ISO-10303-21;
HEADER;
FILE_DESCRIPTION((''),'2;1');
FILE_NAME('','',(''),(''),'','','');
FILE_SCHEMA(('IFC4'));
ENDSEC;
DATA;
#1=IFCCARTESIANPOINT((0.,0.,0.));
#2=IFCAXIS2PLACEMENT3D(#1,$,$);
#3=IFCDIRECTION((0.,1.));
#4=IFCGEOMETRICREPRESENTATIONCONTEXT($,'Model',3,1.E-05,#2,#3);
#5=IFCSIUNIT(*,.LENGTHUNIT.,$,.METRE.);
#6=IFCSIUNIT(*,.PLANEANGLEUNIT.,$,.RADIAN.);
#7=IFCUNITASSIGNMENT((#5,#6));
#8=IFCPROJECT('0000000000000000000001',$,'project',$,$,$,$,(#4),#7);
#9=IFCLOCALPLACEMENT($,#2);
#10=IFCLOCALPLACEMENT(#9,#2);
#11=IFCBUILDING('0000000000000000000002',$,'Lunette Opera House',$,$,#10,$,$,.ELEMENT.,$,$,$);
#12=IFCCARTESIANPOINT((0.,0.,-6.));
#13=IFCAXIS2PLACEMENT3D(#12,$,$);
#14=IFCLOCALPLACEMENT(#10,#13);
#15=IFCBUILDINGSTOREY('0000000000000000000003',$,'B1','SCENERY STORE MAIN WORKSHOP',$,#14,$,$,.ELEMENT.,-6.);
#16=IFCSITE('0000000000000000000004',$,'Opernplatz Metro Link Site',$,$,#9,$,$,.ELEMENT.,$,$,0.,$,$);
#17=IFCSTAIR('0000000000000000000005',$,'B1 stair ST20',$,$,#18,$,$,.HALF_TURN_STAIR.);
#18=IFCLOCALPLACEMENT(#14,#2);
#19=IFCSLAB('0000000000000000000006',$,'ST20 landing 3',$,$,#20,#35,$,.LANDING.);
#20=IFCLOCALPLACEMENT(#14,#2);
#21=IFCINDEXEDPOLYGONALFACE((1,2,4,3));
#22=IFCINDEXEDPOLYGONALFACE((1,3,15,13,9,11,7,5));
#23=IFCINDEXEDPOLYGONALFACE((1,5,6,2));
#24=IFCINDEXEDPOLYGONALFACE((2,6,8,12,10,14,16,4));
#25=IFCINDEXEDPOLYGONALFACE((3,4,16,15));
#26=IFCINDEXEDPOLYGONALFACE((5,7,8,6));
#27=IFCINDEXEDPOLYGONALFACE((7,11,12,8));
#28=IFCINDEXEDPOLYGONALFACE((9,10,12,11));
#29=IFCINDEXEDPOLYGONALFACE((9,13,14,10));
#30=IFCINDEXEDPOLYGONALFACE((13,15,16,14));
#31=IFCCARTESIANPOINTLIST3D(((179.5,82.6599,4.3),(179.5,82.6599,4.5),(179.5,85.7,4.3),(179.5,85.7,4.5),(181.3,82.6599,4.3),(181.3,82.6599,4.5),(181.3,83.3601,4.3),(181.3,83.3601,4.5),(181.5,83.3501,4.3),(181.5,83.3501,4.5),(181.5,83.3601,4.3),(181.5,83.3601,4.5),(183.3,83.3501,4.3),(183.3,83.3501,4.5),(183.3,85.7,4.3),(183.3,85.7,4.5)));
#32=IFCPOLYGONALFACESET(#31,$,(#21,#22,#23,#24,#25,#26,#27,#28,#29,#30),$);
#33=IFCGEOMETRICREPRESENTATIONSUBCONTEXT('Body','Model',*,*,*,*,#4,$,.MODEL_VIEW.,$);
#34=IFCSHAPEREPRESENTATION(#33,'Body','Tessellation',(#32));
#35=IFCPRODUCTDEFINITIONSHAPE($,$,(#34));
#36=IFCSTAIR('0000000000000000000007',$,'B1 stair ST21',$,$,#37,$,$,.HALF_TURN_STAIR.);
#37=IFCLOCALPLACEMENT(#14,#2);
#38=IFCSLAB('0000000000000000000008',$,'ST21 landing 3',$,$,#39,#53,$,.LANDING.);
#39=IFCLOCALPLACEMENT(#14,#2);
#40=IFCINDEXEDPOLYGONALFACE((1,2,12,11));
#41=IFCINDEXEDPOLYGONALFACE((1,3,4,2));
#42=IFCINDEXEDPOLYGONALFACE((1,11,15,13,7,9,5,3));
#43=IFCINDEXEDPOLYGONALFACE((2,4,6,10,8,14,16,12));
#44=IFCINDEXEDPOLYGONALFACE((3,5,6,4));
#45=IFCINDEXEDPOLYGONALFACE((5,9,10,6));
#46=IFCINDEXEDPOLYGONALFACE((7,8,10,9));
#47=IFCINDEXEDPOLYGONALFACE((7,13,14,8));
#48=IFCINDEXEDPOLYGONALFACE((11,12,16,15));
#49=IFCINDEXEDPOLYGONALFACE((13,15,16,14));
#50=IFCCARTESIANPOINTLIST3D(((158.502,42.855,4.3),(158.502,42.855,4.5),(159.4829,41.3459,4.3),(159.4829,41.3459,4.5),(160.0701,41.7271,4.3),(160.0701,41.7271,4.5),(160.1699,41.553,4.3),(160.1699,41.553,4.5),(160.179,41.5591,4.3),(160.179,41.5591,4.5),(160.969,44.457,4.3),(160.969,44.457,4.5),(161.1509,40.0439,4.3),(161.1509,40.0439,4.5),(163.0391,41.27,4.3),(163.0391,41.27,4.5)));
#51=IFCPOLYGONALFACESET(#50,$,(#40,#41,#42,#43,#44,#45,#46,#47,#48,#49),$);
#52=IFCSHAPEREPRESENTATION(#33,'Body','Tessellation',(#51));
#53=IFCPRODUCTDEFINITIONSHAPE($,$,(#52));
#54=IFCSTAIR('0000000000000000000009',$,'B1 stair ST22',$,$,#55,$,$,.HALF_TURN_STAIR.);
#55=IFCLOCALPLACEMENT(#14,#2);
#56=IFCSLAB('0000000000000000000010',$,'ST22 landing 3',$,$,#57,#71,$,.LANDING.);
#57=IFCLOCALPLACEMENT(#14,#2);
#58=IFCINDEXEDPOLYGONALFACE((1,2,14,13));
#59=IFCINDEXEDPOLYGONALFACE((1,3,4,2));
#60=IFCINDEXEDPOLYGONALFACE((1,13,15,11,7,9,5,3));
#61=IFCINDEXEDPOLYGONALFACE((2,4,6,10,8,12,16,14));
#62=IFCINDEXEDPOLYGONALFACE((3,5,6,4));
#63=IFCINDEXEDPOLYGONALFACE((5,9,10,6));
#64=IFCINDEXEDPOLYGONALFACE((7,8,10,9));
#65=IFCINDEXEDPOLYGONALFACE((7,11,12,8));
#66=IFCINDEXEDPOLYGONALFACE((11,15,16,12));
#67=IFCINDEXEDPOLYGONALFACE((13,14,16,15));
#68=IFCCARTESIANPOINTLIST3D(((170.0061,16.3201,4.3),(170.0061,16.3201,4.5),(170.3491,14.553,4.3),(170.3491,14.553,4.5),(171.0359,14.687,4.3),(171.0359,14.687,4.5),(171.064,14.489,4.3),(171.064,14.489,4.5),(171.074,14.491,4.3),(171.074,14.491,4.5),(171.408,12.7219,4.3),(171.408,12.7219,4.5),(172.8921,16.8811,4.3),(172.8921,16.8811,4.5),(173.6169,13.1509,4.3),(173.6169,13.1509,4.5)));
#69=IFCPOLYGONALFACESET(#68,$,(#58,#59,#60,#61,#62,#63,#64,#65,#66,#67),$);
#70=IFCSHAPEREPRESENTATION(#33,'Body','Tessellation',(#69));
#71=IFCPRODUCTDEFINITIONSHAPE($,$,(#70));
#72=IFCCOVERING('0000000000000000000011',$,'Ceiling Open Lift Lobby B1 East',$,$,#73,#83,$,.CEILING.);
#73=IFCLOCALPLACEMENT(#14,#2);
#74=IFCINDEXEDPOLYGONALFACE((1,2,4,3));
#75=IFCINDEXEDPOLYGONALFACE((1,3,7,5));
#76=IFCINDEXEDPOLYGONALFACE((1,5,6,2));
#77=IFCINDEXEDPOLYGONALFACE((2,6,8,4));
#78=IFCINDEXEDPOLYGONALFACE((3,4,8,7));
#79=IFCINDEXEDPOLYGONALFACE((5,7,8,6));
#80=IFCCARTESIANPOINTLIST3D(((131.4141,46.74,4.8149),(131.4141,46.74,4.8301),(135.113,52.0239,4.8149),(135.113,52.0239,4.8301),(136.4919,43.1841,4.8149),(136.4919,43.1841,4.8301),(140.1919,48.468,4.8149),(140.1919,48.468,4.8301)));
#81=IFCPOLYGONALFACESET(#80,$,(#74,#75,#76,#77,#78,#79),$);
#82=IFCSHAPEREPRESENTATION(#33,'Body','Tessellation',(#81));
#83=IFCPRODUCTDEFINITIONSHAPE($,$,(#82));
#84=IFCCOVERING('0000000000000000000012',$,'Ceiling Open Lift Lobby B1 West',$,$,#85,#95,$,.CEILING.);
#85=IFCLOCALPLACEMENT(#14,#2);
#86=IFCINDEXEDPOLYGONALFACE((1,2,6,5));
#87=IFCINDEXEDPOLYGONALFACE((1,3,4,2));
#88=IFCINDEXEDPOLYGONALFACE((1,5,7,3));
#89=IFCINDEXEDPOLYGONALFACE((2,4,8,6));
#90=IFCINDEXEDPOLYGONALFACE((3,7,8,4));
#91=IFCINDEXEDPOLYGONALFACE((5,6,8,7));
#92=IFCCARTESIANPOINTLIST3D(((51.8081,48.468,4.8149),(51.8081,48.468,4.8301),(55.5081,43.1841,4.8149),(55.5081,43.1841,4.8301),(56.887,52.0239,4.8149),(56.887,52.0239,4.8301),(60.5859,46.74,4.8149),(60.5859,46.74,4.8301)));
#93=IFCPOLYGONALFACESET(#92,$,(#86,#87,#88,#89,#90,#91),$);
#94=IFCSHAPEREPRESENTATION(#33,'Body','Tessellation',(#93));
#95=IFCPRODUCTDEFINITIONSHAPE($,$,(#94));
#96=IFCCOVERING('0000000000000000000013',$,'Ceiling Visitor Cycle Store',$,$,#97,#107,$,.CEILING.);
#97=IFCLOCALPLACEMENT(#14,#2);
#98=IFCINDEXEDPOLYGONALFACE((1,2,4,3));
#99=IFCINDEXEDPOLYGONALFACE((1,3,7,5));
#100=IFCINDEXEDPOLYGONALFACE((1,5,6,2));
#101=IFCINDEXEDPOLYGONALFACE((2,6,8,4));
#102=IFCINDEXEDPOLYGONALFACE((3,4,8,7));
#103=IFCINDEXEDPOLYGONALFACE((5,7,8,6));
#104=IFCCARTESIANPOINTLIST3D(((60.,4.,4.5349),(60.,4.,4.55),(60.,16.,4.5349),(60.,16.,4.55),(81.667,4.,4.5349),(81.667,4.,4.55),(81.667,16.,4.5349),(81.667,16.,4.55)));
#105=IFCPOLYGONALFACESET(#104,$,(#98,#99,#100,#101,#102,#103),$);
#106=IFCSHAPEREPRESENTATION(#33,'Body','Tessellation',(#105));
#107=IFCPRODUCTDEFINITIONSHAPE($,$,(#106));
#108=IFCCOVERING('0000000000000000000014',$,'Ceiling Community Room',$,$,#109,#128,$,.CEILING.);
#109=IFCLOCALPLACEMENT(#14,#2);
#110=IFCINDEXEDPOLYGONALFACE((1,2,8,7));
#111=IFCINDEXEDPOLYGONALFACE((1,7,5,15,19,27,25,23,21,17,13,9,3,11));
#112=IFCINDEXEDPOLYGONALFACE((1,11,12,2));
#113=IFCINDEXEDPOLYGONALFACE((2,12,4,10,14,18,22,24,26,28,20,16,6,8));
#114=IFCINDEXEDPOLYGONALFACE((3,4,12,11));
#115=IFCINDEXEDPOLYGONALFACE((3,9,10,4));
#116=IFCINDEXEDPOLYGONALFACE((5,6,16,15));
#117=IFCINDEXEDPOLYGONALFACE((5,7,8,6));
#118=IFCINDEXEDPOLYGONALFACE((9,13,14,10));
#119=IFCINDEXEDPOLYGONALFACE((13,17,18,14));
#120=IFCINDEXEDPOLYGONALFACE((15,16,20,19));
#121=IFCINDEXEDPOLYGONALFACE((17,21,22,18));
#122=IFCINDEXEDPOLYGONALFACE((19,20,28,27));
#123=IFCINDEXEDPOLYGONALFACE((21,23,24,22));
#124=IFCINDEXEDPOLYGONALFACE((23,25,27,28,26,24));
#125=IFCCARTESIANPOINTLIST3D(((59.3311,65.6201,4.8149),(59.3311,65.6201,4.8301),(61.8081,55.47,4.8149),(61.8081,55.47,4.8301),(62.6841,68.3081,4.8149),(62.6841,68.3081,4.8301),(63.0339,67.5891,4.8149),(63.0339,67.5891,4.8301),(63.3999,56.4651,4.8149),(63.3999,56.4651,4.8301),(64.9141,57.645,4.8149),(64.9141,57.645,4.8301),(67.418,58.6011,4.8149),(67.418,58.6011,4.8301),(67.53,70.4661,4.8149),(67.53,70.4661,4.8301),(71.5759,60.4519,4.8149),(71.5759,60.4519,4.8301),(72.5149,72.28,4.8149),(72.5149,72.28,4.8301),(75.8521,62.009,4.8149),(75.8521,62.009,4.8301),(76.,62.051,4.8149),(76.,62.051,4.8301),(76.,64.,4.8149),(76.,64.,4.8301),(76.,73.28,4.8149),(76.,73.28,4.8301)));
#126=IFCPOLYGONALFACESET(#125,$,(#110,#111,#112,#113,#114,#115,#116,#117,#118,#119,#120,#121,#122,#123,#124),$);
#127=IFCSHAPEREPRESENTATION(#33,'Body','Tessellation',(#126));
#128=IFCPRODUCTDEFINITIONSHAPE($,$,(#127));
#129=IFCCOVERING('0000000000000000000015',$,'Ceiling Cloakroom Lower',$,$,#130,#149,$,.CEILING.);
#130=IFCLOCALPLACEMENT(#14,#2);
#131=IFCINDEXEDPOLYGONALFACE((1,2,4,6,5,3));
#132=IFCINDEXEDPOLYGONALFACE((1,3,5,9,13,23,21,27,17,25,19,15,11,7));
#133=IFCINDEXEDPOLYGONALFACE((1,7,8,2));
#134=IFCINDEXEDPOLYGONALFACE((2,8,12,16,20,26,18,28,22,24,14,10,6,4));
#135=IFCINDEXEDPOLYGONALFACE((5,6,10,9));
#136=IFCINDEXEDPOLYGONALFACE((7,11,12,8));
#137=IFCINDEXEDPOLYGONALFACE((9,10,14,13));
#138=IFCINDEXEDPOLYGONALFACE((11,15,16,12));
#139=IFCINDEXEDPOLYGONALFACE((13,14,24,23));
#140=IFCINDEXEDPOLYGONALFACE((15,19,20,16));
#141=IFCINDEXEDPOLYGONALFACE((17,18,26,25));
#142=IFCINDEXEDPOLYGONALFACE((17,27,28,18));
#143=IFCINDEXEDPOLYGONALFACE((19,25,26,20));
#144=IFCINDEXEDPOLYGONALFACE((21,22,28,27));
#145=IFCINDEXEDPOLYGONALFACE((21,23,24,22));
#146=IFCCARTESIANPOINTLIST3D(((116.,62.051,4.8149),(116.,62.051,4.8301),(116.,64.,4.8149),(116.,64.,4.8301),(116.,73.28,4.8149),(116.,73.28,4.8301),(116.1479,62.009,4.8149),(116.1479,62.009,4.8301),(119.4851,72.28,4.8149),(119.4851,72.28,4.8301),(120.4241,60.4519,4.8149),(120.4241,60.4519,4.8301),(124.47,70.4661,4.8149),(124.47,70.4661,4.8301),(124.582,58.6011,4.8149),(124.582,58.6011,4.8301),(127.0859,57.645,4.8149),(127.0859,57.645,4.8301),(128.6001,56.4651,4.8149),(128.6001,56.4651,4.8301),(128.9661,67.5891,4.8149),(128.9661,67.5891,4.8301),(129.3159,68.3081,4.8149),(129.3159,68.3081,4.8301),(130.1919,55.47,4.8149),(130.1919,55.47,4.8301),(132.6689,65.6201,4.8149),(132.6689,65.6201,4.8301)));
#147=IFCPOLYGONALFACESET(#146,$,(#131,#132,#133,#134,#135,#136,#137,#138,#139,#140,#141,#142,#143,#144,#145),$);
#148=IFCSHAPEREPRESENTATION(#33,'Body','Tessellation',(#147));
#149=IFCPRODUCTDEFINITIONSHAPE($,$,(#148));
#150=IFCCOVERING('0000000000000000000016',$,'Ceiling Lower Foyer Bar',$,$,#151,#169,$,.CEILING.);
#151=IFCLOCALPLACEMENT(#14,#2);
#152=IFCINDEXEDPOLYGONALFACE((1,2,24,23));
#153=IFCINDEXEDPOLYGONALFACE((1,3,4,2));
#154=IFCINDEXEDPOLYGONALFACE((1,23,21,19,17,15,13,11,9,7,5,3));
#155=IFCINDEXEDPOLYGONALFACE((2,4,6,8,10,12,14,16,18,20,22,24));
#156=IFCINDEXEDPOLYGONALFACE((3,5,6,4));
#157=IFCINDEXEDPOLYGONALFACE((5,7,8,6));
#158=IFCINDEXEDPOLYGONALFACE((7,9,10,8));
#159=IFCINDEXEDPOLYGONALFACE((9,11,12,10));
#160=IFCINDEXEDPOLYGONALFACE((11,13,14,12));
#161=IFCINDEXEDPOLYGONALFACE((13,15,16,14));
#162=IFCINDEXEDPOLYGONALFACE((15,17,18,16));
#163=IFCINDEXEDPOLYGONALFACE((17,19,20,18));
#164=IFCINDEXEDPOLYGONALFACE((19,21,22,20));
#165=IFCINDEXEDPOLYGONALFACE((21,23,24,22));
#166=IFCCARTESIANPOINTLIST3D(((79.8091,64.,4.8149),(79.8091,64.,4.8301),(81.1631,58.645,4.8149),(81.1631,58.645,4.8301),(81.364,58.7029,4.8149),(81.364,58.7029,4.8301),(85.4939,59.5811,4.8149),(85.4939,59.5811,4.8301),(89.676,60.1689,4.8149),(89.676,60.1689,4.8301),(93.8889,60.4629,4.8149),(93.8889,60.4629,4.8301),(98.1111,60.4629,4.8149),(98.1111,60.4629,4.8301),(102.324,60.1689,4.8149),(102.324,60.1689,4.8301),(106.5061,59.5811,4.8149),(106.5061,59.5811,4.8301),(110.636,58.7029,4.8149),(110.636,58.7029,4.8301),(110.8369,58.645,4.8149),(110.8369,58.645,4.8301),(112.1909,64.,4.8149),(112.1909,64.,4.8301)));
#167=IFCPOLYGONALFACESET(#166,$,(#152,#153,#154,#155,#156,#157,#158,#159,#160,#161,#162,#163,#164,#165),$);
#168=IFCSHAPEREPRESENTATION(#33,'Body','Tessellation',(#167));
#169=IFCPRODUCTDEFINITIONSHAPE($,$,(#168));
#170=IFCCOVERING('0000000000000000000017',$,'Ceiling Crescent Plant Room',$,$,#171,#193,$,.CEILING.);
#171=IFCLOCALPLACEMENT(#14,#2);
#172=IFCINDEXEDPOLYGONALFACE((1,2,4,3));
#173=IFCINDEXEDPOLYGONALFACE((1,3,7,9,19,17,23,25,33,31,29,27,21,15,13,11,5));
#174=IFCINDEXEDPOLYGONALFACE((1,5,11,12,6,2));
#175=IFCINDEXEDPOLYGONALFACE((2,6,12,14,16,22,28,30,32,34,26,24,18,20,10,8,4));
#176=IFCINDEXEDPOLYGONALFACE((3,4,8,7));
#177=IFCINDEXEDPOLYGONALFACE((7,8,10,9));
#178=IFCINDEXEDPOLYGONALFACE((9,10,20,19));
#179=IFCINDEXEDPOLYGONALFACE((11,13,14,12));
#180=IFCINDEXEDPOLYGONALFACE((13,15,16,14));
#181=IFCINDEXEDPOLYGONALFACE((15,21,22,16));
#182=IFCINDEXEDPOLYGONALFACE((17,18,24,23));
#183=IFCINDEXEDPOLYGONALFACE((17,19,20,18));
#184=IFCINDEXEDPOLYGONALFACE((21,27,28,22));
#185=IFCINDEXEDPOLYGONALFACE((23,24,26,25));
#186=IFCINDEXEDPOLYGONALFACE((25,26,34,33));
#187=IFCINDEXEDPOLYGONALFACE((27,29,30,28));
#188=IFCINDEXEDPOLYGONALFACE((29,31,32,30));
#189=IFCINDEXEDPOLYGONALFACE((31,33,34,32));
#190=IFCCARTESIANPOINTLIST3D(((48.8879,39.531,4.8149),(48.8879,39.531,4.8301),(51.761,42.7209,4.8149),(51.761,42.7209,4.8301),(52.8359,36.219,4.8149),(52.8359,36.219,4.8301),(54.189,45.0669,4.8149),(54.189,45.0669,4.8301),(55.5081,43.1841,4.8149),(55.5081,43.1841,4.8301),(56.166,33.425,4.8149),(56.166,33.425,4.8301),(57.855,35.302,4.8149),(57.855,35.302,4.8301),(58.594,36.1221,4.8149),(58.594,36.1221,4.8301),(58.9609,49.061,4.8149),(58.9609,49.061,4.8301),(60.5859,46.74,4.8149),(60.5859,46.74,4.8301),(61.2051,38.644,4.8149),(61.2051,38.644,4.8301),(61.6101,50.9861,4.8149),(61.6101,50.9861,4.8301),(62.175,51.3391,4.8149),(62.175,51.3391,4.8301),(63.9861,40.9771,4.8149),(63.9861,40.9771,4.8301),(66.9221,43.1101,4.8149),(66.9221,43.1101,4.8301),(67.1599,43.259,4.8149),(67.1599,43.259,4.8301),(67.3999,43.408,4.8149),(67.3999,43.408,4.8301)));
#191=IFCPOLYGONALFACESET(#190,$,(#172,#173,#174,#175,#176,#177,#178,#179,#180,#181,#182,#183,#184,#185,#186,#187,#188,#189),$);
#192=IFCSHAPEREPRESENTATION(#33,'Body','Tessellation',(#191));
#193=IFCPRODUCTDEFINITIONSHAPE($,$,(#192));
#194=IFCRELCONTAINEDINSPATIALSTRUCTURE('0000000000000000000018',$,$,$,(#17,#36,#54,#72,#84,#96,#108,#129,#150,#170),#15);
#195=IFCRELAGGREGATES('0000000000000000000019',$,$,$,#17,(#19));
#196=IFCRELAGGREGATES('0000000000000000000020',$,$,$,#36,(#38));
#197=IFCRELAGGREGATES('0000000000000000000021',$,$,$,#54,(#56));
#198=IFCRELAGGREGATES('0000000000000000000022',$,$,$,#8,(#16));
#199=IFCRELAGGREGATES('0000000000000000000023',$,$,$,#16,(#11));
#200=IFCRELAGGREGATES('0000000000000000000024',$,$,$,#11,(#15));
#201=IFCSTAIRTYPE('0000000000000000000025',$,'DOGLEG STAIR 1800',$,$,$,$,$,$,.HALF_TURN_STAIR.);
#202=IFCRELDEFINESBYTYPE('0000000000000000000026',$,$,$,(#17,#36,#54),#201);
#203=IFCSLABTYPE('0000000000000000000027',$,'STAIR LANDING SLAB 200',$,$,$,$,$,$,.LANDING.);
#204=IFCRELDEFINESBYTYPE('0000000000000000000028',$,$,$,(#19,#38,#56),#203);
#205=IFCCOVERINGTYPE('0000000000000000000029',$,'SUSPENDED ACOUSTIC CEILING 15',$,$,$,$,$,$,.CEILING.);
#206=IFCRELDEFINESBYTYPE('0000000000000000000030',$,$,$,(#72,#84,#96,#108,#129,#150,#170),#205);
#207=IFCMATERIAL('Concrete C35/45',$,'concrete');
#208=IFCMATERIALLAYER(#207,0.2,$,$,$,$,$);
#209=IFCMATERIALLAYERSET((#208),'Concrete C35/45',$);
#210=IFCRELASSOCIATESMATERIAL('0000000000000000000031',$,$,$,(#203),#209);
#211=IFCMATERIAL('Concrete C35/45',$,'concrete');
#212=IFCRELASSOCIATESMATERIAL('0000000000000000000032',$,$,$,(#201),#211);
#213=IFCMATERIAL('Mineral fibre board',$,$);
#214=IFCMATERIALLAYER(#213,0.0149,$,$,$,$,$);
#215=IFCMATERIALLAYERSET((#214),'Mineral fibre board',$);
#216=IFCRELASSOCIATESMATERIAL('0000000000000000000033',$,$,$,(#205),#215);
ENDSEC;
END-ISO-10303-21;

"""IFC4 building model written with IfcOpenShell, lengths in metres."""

from ifc_helpers import new_model, si_unit, direction, frame, origin, place, context, subcontext, project, spatial, polyline, outline, extrude, material, layer, layer_set, type_object, element, aggregate, save


model = new_model("IFC4")

# Units and contexts
model_context = context("Model", 3, precision=1e-05, world=origin(), true_north=direction((0.0, 1.0)))
body_context = subcontext(model_context, "Body", "Model", "MODEL_VIEW")
ifc_project = project(units=[si_unit("LENGTHUNIT", "METRE"), si_unit("PLANEANGLEUNIT", "RADIAN")], contexts=[model_context])

# Site, building, storey
site_placement = place(None, origin())
site = spatial("IfcSite", under=ifc_project, at=site_placement, Name="Opernplatz Metro Link Site", CompositionType="ELEMENT", RefElevation=0.0)
building_placement = place(site_placement, origin())
building = spatial("IfcBuilding", under=site, at=building_placement, Name="Lunette Opera House", CompositionType="ELEMENT")
storey_placement = place(building_placement, frame((0.0, 0.0, -6.0)))
storey = spatial("IfcBuildingStorey", under=building, at=storey_placement, Name="B1", Description="SCENERY STORE MAIN WORKSHOP", CompositionType="ELEMENT", Elevation=-6.0)

# Stairs, slabs
ifc_material_1 = material(Name="Concrete C35/45", Category="concrete")
ifc_layer_1 = layer(ifc_material_1, 0.2)
ifc_layer_set_1 = layer_set([ifc_layer_1], Name="Concrete C35/45")
slab_type_1 = type_object("IfcSlabType", Name="STAIR LANDING SLAB 200", PredefinedType="LANDING", material=ifc_layer_set_1)
ifc_material_2 = material(Name="Concrete C35/45", Category="concrete")
stair_type_1 = type_object("IfcStairType", Name="DOGLEG STAIR 1800", PredefinedType="HALF_TURN_STAIR", material=ifc_material_2)
stair_1_placement = place(storey_placement, origin())
stair_1 = element("IfcStair", 1, at=stair_1_placement, inside=storey, type_object=stair_type_1, Name="B1 stair ST20", PredefinedType="HALF_TURN_STAIR")
slab_1_placement = place(storey_placement, frame((0.0, 0.0, 4.3)))
slab_1 = element("IfcSlab", 2, at=slab_1_placement, type_object=slab_type_1, Name="ST20 landing 3", PredefinedType="LANDING", context=body_context, shape_type="SweptSolid", body=[
    extrude(outline(polyline([(183.3, 83.3501), (181.5, 83.3501), (181.5, 83.3601), (181.3, 83.3601), (181.3, 82.6599), (179.5, 82.6599), (179.5, 85.7), (183.3, 85.7), (183.3, 83.3501)])), origin(), (0.0, 0.0, 1.0), 0.2),
])
aggregate(stair_1, [slab_1])
stair_2_placement = place(storey_placement, origin())
stair_2 = element("IfcStair", 3, at=stair_2_placement, inside=storey, type_object=stair_type_1, Name="B1 stair ST21", PredefinedType="HALF_TURN_STAIR")
slab_2_placement = place(storey_placement, frame((0.0, 0.0, 4.3)))
slab_2 = element("IfcSlab", 4, at=slab_2_placement, type_object=slab_type_1, Name="ST21 landing 3", PredefinedType="LANDING", context=body_context, shape_type="SweptSolid", body=[
    extrude(outline(polyline([(163.0391, 41.27), (161.1509, 40.0439), (160.1699, 41.553), (160.179, 41.5591), (160.0701, 41.7271), (159.4829, 41.3459), (158.502, 42.855), (160.969, 44.457), (163.0391, 41.27)])), origin(), (0.0, 0.0, 1.0), 0.2),
])
aggregate(stair_2, [slab_2])
stair_3_placement = place(storey_placement, origin())
stair_3 = element("IfcStair", 5, at=stair_3_placement, inside=storey, type_object=stair_type_1, Name="B1 stair ST22", PredefinedType="HALF_TURN_STAIR")
slab_3_placement = place(storey_placement, frame((0.0, 0.0, 4.3)))
slab_3 = element("IfcSlab", 6, at=slab_3_placement, type_object=slab_type_1, Name="ST22 landing 3", PredefinedType="LANDING", context=body_context, shape_type="SweptSolid", body=[
    extrude(outline(polyline([(171.408, 12.7219), (171.064, 14.489), (171.074, 14.491), (171.0359, 14.687), (170.3491, 14.553), (170.0061, 16.3201), (172.8921, 16.8811), (173.6169, 13.1509), (171.408, 12.7219)])), origin(), (0.0, 0.0, 1.0), 0.2),
])
aggregate(stair_3, [slab_3])

# Coverings
ifc_material_3 = material(Name="Mineral fibre board")
ifc_layer_2 = layer(ifc_material_3, 0.0149)
ifc_layer_set_2 = layer_set([ifc_layer_2], Name="Mineral fibre board")
covering_type = type_object("IfcCoveringType", Name="SUSPENDED ACOUSTIC CEILING 15", PredefinedType="CEILING", material=ifc_layer_set_2)
covering_1_placement = place(storey_placement, frame((0.0, 0.0, 4.8149)))
element("IfcCovering", 7, at=covering_1_placement, inside=storey, type_object=covering_type, Name="Ceiling Open Lift Lobby B1 East", PredefinedType="CEILING", context=body_context, shape_type="SweptSolid", body=[
    extrude(outline(polyline([(131.4141, 46.74), (136.4919, 43.1841), (140.1919, 48.468), (135.113, 52.0239), (131.4141, 46.74)])), origin(), (0.0, 0.0, 1.0), 0.0151),
])
covering_2_placement = place(storey_placement, frame((0.0, 0.0, 4.8149)))
element("IfcCovering", 8, at=covering_2_placement, inside=storey, type_object=covering_type, Name="Ceiling Open Lift Lobby B1 West", PredefinedType="CEILING", context=body_context, shape_type="SweptSolid", body=[
    extrude(outline(polyline([(60.5859, 46.74), (56.887, 52.0239), (51.8081, 48.468), (55.5081, 43.1841), (60.5859, 46.74)])), origin(), (0.0, 0.0, 1.0), 0.0151),
])
covering_3_placement = place(storey_placement, frame((0.0, 0.0, 4.5349)))
element("IfcCovering", 9, at=covering_3_placement, inside=storey, type_object=covering_type, Name="Ceiling Visitor Cycle Store", PredefinedType="CEILING", context=body_context, shape_type="SweptSolid", body=[
    extrude(outline(polyline([(81.667, 16.0), (81.667, 4.0), (60.0, 4.0), (60.0, 16.0), (81.667, 16.0)])), origin(), (0.0, 0.0, 1.0), 0.0151),
])
covering_4_placement = place(storey_placement, frame((0.0, 0.0, 4.8149)))
element("IfcCovering", 10, at=covering_4_placement, inside=storey, type_object=covering_type, Name="Ceiling Community Room", PredefinedType="CEILING", context=body_context, shape_type="SweptSolid", body=[
    extrude(outline(polyline([(62.6841, 68.3081), (67.53, 70.4661), (72.5149, 72.28), (76.0, 73.28), (76.0, 64.0), (76.0, 62.051), (75.8521, 62.009), (71.5759, 60.4519), (67.418, 58.6011), (63.3999, 56.4651), (61.8081, 55.47), (64.9141, 57.645), (59.3311, 65.6201), (63.0339, 67.5891), (62.6841, 68.3081)])), origin(), (0.0, 0.0, 1.0), 0.0151),
])
covering_5_placement = place(storey_placement, frame((0.0, 0.0, 4.8149)))
element("IfcCovering", 11, at=covering_5_placement, inside=storey, type_object=covering_type, Name="Ceiling Cloakroom Lower", PredefinedType="CEILING", context=body_context, shape_type="SweptSolid", body=[
    extrude(outline(polyline([(124.47, 70.4661), (129.3159, 68.3081), (128.9661, 67.5891), (132.6689, 65.6201), (127.0859, 57.645), (130.1919, 55.47), (128.6001, 56.4651), (124.582, 58.6011), (120.4241, 60.4519), (116.1479, 62.009), (116.0, 62.051), (116.0, 64.0), (116.0, 73.28), (119.4851, 72.28), (124.47, 70.4661)])), origin(), (0.0, 0.0, 1.0), 0.0151),
])
covering_6_placement = place(storey_placement, frame((0.0, 0.0, 4.8149)))
element("IfcCovering", 12, at=covering_6_placement, inside=storey, type_object=covering_type, Name="Ceiling Lower Foyer Bar", PredefinedType="CEILING", context=body_context, shape_type="SweptSolid", body=[
    extrude(outline(polyline([(110.8369, 58.645), (110.636, 58.7029), (106.5061, 59.5811), (102.324, 60.1689), (98.1111, 60.4629), (93.8889, 60.4629), (89.676, 60.1689), (85.4939, 59.5811), (81.364, 58.7029), (81.1631, 58.645), (79.8091, 64.0), (112.1909, 64.0), (110.8369, 58.645)])), origin(), (0.0, 0.0, 1.0), 0.0151),
])
covering_7_placement = place(storey_placement, frame((0.0, 0.0, 4.8149)))
element("IfcCovering", 13, at=covering_7_placement, inside=storey, type_object=covering_type, Name="Ceiling Crescent Plant Room", PredefinedType="CEILING", context=body_context, shape_type="SweptSolid", body=[
    extrude(outline(polyline([(66.9221, 43.1101), (63.9861, 40.9771), (61.2051, 38.644), (58.594, 36.1221), (57.855, 35.302), (56.166, 33.425), (52.8359, 36.219), (48.8879, 39.531), (51.761, 42.7209), (54.189, 45.0669), (55.5081, 43.1841), (60.5859, 46.74), (58.9609, 49.061), (61.6101, 50.9861), (62.175, 51.3391), (67.3999, 43.408), (67.1599, 43.259), (66.9221, 43.1101)])), origin(), (0.0, 0.0, 1.0), 0.0151),
])

save(model, "model.ifc")
